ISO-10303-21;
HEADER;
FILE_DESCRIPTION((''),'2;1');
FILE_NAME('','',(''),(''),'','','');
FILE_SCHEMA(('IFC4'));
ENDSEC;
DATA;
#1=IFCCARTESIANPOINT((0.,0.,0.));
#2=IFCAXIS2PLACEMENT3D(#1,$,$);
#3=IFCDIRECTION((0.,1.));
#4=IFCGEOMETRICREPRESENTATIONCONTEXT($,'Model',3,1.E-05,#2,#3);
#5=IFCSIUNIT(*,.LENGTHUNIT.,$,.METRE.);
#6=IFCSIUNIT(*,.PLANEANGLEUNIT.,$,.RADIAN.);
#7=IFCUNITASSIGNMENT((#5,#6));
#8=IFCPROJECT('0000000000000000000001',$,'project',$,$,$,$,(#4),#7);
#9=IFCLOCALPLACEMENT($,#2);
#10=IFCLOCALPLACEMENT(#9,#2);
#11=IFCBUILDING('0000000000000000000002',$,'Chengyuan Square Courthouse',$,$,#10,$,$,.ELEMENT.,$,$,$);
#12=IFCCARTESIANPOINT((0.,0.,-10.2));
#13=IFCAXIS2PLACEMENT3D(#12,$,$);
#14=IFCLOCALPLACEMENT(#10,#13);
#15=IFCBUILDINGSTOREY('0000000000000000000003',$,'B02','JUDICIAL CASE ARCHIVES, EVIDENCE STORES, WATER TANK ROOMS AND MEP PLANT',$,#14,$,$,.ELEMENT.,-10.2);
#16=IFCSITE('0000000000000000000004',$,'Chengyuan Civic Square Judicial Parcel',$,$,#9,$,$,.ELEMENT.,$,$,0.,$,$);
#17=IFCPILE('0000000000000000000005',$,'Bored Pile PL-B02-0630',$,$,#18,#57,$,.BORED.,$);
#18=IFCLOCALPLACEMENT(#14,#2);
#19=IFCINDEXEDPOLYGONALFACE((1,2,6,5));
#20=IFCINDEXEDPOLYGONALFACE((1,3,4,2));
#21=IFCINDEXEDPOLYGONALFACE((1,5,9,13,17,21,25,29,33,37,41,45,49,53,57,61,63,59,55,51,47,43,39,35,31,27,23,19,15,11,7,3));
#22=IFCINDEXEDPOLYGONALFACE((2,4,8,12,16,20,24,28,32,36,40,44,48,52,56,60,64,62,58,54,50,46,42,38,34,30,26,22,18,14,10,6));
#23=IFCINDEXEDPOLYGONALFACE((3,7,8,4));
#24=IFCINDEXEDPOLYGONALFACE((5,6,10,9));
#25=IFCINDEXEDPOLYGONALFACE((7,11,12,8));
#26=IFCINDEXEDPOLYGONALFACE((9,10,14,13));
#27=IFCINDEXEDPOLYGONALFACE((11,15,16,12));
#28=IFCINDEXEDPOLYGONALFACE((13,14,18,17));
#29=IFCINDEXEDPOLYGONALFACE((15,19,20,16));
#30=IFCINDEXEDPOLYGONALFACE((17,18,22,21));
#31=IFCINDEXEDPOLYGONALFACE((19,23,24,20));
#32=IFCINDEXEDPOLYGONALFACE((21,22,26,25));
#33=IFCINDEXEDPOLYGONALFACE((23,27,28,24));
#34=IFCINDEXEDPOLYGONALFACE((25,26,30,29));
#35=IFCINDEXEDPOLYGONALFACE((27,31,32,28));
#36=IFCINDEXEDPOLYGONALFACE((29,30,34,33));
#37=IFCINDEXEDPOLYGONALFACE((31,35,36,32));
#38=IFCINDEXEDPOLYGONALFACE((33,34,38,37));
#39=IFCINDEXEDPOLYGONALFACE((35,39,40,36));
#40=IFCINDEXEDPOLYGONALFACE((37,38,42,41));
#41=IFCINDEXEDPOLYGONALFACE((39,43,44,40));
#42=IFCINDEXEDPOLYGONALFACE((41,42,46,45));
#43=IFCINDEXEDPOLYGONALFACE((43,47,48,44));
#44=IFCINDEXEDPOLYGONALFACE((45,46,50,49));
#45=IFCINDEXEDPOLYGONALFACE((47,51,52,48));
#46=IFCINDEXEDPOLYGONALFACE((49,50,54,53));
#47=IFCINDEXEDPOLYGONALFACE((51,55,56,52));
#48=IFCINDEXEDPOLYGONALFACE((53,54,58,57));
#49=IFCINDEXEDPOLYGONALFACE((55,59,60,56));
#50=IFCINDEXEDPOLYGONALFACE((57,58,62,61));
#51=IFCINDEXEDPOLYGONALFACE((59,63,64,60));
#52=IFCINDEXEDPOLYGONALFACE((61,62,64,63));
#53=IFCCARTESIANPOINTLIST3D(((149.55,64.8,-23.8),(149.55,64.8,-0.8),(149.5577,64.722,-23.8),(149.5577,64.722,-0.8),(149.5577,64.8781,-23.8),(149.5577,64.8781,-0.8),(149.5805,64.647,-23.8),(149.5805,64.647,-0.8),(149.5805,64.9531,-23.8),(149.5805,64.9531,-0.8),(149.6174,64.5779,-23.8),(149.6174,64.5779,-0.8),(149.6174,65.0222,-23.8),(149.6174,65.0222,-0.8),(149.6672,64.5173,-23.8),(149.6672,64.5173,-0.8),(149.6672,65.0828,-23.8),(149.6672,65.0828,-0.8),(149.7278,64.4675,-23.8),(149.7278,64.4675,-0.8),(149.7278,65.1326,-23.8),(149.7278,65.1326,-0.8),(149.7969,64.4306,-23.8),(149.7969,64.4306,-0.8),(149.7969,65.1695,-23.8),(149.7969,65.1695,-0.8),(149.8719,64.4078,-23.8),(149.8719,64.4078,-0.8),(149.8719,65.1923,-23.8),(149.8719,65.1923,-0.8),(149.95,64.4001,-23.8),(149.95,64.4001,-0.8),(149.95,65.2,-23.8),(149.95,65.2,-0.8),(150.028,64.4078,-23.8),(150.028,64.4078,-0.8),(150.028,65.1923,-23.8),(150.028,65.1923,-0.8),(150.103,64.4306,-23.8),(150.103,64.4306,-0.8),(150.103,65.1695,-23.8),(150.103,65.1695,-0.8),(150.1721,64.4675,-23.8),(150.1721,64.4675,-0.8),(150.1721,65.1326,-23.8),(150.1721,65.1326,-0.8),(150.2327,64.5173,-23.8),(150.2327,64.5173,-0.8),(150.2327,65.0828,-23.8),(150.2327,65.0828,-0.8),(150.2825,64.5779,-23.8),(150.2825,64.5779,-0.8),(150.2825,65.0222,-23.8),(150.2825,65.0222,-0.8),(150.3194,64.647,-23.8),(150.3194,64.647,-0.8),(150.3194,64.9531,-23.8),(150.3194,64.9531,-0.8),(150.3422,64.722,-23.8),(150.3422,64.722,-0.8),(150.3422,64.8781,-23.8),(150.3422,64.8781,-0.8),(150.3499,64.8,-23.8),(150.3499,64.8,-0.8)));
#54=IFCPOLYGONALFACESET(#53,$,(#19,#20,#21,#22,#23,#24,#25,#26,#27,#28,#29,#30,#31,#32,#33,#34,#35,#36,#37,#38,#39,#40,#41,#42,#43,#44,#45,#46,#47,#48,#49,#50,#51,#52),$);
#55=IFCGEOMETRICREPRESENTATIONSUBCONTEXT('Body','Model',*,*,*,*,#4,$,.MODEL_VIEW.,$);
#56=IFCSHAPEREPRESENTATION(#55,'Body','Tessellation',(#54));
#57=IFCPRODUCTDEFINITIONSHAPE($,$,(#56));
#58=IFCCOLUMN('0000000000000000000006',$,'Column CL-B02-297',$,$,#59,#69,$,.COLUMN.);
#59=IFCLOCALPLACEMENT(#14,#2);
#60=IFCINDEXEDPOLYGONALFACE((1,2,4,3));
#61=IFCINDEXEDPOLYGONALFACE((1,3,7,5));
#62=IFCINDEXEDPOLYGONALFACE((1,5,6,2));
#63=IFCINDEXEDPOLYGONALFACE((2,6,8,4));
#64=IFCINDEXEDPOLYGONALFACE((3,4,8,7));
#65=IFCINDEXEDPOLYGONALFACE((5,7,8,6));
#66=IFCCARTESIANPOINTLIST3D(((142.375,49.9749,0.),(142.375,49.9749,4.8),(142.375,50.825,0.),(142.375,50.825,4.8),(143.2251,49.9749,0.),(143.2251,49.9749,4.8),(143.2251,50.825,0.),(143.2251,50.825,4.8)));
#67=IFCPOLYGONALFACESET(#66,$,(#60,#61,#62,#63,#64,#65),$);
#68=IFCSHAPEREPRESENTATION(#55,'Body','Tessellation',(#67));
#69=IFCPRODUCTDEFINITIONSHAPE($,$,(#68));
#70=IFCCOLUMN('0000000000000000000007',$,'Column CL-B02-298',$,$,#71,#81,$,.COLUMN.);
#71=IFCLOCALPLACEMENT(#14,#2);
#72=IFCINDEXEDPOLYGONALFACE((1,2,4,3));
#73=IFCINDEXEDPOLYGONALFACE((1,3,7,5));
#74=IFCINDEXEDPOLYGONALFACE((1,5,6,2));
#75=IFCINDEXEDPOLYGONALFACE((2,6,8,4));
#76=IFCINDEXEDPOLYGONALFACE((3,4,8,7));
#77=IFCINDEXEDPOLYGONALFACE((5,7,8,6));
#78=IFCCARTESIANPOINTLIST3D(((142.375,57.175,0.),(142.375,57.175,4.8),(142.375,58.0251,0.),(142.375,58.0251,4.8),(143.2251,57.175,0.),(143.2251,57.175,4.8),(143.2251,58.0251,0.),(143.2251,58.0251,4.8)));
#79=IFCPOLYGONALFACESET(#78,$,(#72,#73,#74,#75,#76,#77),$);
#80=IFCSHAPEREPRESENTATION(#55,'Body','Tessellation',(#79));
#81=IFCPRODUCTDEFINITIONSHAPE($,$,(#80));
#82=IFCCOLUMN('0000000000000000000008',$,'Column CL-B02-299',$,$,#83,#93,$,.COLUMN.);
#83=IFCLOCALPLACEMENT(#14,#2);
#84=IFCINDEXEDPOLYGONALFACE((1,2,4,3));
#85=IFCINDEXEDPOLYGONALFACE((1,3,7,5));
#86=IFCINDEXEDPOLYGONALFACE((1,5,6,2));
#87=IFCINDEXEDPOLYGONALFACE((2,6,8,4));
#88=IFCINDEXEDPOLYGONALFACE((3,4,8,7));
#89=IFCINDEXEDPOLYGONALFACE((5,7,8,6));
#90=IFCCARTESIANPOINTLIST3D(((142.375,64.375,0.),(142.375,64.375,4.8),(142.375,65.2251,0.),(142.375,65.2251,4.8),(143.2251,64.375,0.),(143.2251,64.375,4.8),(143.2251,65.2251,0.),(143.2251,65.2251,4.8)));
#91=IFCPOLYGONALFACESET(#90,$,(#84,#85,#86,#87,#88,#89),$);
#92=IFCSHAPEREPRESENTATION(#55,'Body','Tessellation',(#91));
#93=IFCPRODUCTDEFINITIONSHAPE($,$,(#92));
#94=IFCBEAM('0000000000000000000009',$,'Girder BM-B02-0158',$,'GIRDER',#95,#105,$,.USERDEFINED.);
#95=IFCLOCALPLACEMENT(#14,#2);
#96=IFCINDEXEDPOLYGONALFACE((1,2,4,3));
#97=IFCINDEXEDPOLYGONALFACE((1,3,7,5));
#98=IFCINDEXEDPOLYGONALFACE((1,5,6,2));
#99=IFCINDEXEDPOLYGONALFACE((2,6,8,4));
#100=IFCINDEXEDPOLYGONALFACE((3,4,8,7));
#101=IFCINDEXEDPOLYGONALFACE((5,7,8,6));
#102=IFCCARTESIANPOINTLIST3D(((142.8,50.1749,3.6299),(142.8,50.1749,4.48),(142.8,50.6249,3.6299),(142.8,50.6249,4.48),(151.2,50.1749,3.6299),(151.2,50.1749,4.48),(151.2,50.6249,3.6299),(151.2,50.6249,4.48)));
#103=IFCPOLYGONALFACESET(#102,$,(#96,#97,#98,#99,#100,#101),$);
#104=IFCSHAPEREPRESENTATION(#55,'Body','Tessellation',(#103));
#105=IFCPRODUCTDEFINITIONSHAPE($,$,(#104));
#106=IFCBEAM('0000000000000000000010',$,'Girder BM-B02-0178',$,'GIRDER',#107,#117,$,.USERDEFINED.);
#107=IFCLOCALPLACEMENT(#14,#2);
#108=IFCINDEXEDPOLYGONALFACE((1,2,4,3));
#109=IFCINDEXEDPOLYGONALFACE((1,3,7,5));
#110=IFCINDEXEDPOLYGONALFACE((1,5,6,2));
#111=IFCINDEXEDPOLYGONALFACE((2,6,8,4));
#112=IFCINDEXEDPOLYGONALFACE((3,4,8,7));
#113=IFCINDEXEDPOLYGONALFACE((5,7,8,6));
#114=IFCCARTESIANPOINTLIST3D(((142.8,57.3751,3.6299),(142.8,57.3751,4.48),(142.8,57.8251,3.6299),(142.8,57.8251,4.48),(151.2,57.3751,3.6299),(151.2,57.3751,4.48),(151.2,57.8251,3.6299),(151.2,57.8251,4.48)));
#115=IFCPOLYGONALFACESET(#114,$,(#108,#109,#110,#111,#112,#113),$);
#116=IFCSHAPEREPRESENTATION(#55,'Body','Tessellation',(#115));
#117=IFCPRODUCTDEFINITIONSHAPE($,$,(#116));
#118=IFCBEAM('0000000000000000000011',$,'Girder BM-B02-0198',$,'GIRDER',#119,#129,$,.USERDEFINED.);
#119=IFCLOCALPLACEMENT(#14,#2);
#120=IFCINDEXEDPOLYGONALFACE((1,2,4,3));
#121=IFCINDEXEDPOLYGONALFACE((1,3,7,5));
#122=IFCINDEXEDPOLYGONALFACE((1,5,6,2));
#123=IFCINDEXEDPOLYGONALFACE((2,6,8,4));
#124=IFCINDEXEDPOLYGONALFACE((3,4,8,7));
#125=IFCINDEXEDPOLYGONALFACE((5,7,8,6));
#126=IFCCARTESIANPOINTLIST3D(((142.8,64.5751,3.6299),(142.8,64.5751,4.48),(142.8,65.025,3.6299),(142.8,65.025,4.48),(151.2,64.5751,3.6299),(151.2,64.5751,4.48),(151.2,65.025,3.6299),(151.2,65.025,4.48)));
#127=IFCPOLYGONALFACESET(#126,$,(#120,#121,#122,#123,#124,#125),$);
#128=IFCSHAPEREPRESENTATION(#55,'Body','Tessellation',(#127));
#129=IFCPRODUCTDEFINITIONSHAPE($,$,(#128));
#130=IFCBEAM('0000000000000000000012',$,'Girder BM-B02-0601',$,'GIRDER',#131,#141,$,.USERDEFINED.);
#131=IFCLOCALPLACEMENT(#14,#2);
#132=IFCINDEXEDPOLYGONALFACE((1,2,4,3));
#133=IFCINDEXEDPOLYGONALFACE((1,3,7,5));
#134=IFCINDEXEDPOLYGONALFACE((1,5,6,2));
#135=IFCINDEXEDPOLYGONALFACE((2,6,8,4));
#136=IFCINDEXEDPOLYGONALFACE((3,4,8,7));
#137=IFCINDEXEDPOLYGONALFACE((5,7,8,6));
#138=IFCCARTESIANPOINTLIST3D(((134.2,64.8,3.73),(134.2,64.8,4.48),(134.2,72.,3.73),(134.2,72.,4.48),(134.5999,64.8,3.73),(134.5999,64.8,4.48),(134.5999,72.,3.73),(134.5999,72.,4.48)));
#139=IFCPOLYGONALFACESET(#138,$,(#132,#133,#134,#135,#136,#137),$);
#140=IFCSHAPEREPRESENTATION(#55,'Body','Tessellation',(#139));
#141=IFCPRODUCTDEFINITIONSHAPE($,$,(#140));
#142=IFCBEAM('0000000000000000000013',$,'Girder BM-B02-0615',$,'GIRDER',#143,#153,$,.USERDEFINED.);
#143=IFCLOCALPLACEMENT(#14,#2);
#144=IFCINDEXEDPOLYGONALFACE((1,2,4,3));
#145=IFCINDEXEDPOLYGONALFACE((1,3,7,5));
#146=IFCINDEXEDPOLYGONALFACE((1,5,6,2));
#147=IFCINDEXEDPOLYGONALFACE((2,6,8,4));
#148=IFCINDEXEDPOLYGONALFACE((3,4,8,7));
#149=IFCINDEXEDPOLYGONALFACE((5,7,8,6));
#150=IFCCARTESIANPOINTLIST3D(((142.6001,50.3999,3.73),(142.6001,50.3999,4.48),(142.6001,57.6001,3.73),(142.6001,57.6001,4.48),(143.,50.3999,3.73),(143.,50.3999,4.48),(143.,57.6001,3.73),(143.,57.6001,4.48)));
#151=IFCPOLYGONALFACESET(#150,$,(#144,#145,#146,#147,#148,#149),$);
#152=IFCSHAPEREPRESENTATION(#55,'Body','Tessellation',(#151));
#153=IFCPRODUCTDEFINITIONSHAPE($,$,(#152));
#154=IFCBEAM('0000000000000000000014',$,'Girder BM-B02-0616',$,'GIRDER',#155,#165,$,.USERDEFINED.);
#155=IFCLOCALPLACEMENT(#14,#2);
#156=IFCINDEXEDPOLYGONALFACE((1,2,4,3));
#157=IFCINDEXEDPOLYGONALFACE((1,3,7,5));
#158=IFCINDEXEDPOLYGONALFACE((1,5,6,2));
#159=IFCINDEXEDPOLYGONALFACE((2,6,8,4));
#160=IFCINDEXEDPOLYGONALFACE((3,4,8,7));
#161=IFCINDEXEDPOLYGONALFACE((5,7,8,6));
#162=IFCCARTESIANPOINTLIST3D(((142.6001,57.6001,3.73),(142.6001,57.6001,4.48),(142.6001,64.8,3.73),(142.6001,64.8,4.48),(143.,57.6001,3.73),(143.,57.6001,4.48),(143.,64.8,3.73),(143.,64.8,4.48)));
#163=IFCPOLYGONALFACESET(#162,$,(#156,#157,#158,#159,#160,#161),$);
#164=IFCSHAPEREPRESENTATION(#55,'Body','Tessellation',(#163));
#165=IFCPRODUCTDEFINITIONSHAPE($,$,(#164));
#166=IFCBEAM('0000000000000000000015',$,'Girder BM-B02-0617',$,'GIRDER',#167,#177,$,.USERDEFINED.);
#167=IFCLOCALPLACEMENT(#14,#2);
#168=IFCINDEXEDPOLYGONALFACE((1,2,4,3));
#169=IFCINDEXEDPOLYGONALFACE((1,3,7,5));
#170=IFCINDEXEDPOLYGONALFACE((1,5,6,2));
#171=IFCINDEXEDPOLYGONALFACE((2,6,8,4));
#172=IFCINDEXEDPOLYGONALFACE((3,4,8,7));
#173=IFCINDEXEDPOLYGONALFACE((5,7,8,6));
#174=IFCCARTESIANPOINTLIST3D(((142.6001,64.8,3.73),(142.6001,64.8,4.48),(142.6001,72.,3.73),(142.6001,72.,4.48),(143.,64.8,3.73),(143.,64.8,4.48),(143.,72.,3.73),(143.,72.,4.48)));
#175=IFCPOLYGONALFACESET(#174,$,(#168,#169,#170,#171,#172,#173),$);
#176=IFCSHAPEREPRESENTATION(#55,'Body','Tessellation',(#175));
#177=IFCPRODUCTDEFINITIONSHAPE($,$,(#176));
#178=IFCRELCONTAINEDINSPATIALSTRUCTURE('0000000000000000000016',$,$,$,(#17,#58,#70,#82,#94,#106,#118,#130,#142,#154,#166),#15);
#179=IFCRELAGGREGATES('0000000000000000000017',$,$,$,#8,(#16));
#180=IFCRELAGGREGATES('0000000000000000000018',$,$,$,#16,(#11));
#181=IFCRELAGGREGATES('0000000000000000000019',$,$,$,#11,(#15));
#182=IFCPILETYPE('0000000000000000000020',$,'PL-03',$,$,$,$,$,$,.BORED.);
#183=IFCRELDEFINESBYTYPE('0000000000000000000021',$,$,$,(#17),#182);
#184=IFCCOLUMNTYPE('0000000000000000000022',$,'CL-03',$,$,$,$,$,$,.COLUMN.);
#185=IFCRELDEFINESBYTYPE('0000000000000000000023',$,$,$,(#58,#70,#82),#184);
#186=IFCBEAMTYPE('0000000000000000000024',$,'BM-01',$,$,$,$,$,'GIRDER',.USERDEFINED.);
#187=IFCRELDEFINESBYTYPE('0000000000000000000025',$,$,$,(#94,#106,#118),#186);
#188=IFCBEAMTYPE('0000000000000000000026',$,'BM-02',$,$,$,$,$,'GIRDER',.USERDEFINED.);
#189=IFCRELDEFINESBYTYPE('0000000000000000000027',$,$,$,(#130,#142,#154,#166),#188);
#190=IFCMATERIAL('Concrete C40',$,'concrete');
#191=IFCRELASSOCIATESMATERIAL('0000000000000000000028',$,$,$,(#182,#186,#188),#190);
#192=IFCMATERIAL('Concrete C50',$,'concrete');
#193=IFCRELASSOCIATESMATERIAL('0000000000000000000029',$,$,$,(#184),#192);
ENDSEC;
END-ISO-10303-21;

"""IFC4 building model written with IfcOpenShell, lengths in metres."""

from ifc_helpers import new_model, si_unit, direction, frame, origin, origin_2d, place, context, subcontext, project, spatial, rectangle, circle, extrude, material, material_profile, profile_set, type_object, element, save


model = new_model("IFC4")

# Units and contexts
model_context = context("Model", 3, precision=1e-05, world=origin(), true_north=direction((0.0, 1.0)))
body_context = subcontext(model_context, "Body", "Model", "MODEL_VIEW")
ifc_project = project(units=[si_unit("LENGTHUNIT", "METRE"), si_unit("PLANEANGLEUNIT", "RADIAN")], contexts=[model_context])

# Site, building, storey
site_placement = place(None, origin())
site = spatial("IfcSite", under=ifc_project, at=site_placement, Name="Chengyuan Civic Square Judicial Parcel", CompositionType="ELEMENT", RefElevation=0.0)
building_placement = place(site_placement, origin())
building = spatial("IfcBuilding", under=site, at=building_placement, Name="Chengyuan Square Courthouse", CompositionType="ELEMENT")
storey_placement = place(building_placement, frame((0.0, 0.0, -10.2)))
storey = spatial("IfcBuildingStorey", under=building, at=storey_placement, Name="B02", Description="JUDICIAL CASE ARCHIVES, EVIDENCE STORES, WATER TANK ROOMS AND MEP PLANT", CompositionType="ELEMENT", Elevation=-10.2)

# Shared definitions
ifc_material_1 = material(Name="Concrete C40", Category="concrete")

# Pile
ifc_material_profile_1 = material_profile(ifc_material_1, circle(Radius=0.3999, at=origin_2d()), Name="BORED PILE D800")
ifc_profile_set_1 = profile_set([ifc_material_profile_1], Name="Concrete C40")
pile_type_1 = type_object("IfcPileType", Name="PL-03", PredefinedType="BORED", material=ifc_profile_set_1)
pile_1_placement = place(storey_placement, frame((149.95, 64.8, -0.8), z_axis=(0.0, 0.0, -1.0), x_axis=(1.0, 0.0, 0.0)))
element("IfcPile", 1, at=pile_1_placement, inside=storey, type_object=pile_type_1, Name="Bored Pile PL-B02-0630", PredefinedType="BORED", context=body_context, shape_type="SweptSolid", body=[
    extrude(circle(Radius=0.3999, at=origin_2d()), origin(), (0.0, 0.0, 1.0), 23.0),
])

# Columns
ifc_material_2 = material(Name="Concrete C50", Category="concrete")
ifc_material_profile_2 = material_profile(ifc_material_2, rectangle(XDim=0.8501, YDim=0.8501, at=origin_2d()), Name="RC-COL-850x850")
ifc_profile_set_2 = profile_set([ifc_material_profile_2], Name="Concrete C50")
column_type = type_object("IfcColumnType", Name="CL-03", PredefinedType="COLUMN", material=ifc_profile_set_2)
for number, where, z_axis, x_axis, name in (
    (2, (142.8, 50.3999, 0.0), (0.0, 0.0, 1.0), (1.0, 0.0, 0.0), "Column CL-B02-297"),
    (3, (142.8, 57.6001, 0.0), (0.0, 0.0, 1.0), (1.0, 0.0, 0.0), "Column CL-B02-298"),
    (4, (142.8, 64.8, 0.0), (0.0, 0.0, 1.0), (1.0, 0.0, 0.0), "Column CL-B02-299"),
):
    element("IfcColumn", number, at=place(storey_placement, frame(where, z_axis=z_axis, x_axis=x_axis)), inside=storey, type_object=column_type, Name=name, PredefinedType="COLUMN", context=body_context, shape_type="SweptSolid", body=[
        extrude(rectangle(XDim=0.8501, YDim=0.8501, at=origin_2d()), origin(), (0.0, 0.0, 1.0), 4.8),
    ])

# Beams
ifc_material_profile_3 = material_profile(ifc_material_1, rectangle(XDim=0.45, YDim=0.8501, at=origin_2d()), Name="RC-BM-450x850")
ifc_profile_set_3 = profile_set([ifc_material_profile_3], Name="Concrete C40")
beam_type_1 = type_object("IfcBeamType", Name="BM-01", ElementType="GIRDER", PredefinedType="USERDEFINED", material=ifc_profile_set_3)
for number, where, z_axis, x_axis, name in (
    (5, (142.8, 50.3999, 4.0549), (1.0, 0.0, 0.0), (0.0, 1.0, 0.0), "Girder BM-B02-0158"),
    (6, (142.8, 57.6001, 4.0549), (1.0, 0.0, 0.0), (0.0, 1.0, 0.0), "Girder BM-B02-0178"),
    (7, (142.8, 64.8, 4.0549), (1.0, 0.0, 0.0), (0.0, 1.0, 0.0), "Girder BM-B02-0198"),
):
    element("IfcBeam", number, at=place(storey_placement, frame(where, z_axis=z_axis, x_axis=x_axis)), inside=storey, type_object=beam_type_1, Name=name, ObjectType="GIRDER", PredefinedType="USERDEFINED", context=body_context, shape_type="SweptSolid", body=[
        extrude(rectangle(XDim=0.45, YDim=0.8501, at=origin_2d()), origin(), (0.0, 0.0, 1.0), 8.3999),
    ])
ifc_material_profile_4 = material_profile(ifc_material_1, rectangle(XDim=0.3999, YDim=0.75, at=origin_2d()), Name="RC-BM-400x750")
ifc_profile_set_4 = profile_set([ifc_material_profile_4], Name="Concrete C40")
beam_type_2 = type_object("IfcBeamType", Name="BM-02", ElementType="GIRDER", PredefinedType="USERDEFINED", material=ifc_profile_set_4)
beam_1_placement = place(storey_placement, frame((134.3999, 64.8, 4.105), z_axis=(0.0, 1.0, 0.0), x_axis=(-1.0, 0.0, 0.0)))
element("IfcBeam", 8, at=beam_1_placement, inside=storey, type_object=beam_type_2, Name="Girder BM-B02-0601", ObjectType="GIRDER", PredefinedType="USERDEFINED", context=body_context, shape_type="SweptSolid", body=[
    extrude(rectangle(XDim=0.3999, YDim=0.75, at=origin_2d()), origin(), (0.0, 0.0, 1.0), 7.2),
])
beam_2_placement = place(storey_placement, frame((142.8, 50.3999, 4.105), z_axis=(0.0, 1.0, 0.0), x_axis=(-1.0, 0.0, 0.0)))
element("IfcBeam", 9, at=beam_2_placement, inside=storey, type_object=beam_type_2, Name="Girder BM-B02-0615", ObjectType="GIRDER", PredefinedType="USERDEFINED", context=body_context, shape_type="SweptSolid", body=[
    extrude(rectangle(XDim=0.3999, YDim=0.75, at=origin_2d()), origin(), (0.0, 0.0, 1.0), 7.2002),
])
for number, where, z_axis, x_axis, name in (
    (10, (142.8, 57.6001, 4.105), (0.0, 1.0, 0.0), (-1.0, 0.0, 0.0), "Girder BM-B02-0616"),
    (11, (142.8, 64.8, 4.105), (0.0, 1.0, 0.0), (-1.0, 0.0, 0.0), "Girder BM-B02-0617"),
):
    element("IfcBeam", number, at=place(storey_placement, frame(where, z_axis=z_axis, x_axis=x_axis)), inside=storey, type_object=beam_type_2, Name=name, ObjectType="GIRDER", PredefinedType="USERDEFINED", context=body_context, shape_type="SweptSolid", body=[
        extrude(rectangle(XDim=0.3999, YDim=0.75, at=origin_2d()), origin(), (0.0, 0.0, 1.0), 7.2),
    ])

save(model, "model.ifc")
